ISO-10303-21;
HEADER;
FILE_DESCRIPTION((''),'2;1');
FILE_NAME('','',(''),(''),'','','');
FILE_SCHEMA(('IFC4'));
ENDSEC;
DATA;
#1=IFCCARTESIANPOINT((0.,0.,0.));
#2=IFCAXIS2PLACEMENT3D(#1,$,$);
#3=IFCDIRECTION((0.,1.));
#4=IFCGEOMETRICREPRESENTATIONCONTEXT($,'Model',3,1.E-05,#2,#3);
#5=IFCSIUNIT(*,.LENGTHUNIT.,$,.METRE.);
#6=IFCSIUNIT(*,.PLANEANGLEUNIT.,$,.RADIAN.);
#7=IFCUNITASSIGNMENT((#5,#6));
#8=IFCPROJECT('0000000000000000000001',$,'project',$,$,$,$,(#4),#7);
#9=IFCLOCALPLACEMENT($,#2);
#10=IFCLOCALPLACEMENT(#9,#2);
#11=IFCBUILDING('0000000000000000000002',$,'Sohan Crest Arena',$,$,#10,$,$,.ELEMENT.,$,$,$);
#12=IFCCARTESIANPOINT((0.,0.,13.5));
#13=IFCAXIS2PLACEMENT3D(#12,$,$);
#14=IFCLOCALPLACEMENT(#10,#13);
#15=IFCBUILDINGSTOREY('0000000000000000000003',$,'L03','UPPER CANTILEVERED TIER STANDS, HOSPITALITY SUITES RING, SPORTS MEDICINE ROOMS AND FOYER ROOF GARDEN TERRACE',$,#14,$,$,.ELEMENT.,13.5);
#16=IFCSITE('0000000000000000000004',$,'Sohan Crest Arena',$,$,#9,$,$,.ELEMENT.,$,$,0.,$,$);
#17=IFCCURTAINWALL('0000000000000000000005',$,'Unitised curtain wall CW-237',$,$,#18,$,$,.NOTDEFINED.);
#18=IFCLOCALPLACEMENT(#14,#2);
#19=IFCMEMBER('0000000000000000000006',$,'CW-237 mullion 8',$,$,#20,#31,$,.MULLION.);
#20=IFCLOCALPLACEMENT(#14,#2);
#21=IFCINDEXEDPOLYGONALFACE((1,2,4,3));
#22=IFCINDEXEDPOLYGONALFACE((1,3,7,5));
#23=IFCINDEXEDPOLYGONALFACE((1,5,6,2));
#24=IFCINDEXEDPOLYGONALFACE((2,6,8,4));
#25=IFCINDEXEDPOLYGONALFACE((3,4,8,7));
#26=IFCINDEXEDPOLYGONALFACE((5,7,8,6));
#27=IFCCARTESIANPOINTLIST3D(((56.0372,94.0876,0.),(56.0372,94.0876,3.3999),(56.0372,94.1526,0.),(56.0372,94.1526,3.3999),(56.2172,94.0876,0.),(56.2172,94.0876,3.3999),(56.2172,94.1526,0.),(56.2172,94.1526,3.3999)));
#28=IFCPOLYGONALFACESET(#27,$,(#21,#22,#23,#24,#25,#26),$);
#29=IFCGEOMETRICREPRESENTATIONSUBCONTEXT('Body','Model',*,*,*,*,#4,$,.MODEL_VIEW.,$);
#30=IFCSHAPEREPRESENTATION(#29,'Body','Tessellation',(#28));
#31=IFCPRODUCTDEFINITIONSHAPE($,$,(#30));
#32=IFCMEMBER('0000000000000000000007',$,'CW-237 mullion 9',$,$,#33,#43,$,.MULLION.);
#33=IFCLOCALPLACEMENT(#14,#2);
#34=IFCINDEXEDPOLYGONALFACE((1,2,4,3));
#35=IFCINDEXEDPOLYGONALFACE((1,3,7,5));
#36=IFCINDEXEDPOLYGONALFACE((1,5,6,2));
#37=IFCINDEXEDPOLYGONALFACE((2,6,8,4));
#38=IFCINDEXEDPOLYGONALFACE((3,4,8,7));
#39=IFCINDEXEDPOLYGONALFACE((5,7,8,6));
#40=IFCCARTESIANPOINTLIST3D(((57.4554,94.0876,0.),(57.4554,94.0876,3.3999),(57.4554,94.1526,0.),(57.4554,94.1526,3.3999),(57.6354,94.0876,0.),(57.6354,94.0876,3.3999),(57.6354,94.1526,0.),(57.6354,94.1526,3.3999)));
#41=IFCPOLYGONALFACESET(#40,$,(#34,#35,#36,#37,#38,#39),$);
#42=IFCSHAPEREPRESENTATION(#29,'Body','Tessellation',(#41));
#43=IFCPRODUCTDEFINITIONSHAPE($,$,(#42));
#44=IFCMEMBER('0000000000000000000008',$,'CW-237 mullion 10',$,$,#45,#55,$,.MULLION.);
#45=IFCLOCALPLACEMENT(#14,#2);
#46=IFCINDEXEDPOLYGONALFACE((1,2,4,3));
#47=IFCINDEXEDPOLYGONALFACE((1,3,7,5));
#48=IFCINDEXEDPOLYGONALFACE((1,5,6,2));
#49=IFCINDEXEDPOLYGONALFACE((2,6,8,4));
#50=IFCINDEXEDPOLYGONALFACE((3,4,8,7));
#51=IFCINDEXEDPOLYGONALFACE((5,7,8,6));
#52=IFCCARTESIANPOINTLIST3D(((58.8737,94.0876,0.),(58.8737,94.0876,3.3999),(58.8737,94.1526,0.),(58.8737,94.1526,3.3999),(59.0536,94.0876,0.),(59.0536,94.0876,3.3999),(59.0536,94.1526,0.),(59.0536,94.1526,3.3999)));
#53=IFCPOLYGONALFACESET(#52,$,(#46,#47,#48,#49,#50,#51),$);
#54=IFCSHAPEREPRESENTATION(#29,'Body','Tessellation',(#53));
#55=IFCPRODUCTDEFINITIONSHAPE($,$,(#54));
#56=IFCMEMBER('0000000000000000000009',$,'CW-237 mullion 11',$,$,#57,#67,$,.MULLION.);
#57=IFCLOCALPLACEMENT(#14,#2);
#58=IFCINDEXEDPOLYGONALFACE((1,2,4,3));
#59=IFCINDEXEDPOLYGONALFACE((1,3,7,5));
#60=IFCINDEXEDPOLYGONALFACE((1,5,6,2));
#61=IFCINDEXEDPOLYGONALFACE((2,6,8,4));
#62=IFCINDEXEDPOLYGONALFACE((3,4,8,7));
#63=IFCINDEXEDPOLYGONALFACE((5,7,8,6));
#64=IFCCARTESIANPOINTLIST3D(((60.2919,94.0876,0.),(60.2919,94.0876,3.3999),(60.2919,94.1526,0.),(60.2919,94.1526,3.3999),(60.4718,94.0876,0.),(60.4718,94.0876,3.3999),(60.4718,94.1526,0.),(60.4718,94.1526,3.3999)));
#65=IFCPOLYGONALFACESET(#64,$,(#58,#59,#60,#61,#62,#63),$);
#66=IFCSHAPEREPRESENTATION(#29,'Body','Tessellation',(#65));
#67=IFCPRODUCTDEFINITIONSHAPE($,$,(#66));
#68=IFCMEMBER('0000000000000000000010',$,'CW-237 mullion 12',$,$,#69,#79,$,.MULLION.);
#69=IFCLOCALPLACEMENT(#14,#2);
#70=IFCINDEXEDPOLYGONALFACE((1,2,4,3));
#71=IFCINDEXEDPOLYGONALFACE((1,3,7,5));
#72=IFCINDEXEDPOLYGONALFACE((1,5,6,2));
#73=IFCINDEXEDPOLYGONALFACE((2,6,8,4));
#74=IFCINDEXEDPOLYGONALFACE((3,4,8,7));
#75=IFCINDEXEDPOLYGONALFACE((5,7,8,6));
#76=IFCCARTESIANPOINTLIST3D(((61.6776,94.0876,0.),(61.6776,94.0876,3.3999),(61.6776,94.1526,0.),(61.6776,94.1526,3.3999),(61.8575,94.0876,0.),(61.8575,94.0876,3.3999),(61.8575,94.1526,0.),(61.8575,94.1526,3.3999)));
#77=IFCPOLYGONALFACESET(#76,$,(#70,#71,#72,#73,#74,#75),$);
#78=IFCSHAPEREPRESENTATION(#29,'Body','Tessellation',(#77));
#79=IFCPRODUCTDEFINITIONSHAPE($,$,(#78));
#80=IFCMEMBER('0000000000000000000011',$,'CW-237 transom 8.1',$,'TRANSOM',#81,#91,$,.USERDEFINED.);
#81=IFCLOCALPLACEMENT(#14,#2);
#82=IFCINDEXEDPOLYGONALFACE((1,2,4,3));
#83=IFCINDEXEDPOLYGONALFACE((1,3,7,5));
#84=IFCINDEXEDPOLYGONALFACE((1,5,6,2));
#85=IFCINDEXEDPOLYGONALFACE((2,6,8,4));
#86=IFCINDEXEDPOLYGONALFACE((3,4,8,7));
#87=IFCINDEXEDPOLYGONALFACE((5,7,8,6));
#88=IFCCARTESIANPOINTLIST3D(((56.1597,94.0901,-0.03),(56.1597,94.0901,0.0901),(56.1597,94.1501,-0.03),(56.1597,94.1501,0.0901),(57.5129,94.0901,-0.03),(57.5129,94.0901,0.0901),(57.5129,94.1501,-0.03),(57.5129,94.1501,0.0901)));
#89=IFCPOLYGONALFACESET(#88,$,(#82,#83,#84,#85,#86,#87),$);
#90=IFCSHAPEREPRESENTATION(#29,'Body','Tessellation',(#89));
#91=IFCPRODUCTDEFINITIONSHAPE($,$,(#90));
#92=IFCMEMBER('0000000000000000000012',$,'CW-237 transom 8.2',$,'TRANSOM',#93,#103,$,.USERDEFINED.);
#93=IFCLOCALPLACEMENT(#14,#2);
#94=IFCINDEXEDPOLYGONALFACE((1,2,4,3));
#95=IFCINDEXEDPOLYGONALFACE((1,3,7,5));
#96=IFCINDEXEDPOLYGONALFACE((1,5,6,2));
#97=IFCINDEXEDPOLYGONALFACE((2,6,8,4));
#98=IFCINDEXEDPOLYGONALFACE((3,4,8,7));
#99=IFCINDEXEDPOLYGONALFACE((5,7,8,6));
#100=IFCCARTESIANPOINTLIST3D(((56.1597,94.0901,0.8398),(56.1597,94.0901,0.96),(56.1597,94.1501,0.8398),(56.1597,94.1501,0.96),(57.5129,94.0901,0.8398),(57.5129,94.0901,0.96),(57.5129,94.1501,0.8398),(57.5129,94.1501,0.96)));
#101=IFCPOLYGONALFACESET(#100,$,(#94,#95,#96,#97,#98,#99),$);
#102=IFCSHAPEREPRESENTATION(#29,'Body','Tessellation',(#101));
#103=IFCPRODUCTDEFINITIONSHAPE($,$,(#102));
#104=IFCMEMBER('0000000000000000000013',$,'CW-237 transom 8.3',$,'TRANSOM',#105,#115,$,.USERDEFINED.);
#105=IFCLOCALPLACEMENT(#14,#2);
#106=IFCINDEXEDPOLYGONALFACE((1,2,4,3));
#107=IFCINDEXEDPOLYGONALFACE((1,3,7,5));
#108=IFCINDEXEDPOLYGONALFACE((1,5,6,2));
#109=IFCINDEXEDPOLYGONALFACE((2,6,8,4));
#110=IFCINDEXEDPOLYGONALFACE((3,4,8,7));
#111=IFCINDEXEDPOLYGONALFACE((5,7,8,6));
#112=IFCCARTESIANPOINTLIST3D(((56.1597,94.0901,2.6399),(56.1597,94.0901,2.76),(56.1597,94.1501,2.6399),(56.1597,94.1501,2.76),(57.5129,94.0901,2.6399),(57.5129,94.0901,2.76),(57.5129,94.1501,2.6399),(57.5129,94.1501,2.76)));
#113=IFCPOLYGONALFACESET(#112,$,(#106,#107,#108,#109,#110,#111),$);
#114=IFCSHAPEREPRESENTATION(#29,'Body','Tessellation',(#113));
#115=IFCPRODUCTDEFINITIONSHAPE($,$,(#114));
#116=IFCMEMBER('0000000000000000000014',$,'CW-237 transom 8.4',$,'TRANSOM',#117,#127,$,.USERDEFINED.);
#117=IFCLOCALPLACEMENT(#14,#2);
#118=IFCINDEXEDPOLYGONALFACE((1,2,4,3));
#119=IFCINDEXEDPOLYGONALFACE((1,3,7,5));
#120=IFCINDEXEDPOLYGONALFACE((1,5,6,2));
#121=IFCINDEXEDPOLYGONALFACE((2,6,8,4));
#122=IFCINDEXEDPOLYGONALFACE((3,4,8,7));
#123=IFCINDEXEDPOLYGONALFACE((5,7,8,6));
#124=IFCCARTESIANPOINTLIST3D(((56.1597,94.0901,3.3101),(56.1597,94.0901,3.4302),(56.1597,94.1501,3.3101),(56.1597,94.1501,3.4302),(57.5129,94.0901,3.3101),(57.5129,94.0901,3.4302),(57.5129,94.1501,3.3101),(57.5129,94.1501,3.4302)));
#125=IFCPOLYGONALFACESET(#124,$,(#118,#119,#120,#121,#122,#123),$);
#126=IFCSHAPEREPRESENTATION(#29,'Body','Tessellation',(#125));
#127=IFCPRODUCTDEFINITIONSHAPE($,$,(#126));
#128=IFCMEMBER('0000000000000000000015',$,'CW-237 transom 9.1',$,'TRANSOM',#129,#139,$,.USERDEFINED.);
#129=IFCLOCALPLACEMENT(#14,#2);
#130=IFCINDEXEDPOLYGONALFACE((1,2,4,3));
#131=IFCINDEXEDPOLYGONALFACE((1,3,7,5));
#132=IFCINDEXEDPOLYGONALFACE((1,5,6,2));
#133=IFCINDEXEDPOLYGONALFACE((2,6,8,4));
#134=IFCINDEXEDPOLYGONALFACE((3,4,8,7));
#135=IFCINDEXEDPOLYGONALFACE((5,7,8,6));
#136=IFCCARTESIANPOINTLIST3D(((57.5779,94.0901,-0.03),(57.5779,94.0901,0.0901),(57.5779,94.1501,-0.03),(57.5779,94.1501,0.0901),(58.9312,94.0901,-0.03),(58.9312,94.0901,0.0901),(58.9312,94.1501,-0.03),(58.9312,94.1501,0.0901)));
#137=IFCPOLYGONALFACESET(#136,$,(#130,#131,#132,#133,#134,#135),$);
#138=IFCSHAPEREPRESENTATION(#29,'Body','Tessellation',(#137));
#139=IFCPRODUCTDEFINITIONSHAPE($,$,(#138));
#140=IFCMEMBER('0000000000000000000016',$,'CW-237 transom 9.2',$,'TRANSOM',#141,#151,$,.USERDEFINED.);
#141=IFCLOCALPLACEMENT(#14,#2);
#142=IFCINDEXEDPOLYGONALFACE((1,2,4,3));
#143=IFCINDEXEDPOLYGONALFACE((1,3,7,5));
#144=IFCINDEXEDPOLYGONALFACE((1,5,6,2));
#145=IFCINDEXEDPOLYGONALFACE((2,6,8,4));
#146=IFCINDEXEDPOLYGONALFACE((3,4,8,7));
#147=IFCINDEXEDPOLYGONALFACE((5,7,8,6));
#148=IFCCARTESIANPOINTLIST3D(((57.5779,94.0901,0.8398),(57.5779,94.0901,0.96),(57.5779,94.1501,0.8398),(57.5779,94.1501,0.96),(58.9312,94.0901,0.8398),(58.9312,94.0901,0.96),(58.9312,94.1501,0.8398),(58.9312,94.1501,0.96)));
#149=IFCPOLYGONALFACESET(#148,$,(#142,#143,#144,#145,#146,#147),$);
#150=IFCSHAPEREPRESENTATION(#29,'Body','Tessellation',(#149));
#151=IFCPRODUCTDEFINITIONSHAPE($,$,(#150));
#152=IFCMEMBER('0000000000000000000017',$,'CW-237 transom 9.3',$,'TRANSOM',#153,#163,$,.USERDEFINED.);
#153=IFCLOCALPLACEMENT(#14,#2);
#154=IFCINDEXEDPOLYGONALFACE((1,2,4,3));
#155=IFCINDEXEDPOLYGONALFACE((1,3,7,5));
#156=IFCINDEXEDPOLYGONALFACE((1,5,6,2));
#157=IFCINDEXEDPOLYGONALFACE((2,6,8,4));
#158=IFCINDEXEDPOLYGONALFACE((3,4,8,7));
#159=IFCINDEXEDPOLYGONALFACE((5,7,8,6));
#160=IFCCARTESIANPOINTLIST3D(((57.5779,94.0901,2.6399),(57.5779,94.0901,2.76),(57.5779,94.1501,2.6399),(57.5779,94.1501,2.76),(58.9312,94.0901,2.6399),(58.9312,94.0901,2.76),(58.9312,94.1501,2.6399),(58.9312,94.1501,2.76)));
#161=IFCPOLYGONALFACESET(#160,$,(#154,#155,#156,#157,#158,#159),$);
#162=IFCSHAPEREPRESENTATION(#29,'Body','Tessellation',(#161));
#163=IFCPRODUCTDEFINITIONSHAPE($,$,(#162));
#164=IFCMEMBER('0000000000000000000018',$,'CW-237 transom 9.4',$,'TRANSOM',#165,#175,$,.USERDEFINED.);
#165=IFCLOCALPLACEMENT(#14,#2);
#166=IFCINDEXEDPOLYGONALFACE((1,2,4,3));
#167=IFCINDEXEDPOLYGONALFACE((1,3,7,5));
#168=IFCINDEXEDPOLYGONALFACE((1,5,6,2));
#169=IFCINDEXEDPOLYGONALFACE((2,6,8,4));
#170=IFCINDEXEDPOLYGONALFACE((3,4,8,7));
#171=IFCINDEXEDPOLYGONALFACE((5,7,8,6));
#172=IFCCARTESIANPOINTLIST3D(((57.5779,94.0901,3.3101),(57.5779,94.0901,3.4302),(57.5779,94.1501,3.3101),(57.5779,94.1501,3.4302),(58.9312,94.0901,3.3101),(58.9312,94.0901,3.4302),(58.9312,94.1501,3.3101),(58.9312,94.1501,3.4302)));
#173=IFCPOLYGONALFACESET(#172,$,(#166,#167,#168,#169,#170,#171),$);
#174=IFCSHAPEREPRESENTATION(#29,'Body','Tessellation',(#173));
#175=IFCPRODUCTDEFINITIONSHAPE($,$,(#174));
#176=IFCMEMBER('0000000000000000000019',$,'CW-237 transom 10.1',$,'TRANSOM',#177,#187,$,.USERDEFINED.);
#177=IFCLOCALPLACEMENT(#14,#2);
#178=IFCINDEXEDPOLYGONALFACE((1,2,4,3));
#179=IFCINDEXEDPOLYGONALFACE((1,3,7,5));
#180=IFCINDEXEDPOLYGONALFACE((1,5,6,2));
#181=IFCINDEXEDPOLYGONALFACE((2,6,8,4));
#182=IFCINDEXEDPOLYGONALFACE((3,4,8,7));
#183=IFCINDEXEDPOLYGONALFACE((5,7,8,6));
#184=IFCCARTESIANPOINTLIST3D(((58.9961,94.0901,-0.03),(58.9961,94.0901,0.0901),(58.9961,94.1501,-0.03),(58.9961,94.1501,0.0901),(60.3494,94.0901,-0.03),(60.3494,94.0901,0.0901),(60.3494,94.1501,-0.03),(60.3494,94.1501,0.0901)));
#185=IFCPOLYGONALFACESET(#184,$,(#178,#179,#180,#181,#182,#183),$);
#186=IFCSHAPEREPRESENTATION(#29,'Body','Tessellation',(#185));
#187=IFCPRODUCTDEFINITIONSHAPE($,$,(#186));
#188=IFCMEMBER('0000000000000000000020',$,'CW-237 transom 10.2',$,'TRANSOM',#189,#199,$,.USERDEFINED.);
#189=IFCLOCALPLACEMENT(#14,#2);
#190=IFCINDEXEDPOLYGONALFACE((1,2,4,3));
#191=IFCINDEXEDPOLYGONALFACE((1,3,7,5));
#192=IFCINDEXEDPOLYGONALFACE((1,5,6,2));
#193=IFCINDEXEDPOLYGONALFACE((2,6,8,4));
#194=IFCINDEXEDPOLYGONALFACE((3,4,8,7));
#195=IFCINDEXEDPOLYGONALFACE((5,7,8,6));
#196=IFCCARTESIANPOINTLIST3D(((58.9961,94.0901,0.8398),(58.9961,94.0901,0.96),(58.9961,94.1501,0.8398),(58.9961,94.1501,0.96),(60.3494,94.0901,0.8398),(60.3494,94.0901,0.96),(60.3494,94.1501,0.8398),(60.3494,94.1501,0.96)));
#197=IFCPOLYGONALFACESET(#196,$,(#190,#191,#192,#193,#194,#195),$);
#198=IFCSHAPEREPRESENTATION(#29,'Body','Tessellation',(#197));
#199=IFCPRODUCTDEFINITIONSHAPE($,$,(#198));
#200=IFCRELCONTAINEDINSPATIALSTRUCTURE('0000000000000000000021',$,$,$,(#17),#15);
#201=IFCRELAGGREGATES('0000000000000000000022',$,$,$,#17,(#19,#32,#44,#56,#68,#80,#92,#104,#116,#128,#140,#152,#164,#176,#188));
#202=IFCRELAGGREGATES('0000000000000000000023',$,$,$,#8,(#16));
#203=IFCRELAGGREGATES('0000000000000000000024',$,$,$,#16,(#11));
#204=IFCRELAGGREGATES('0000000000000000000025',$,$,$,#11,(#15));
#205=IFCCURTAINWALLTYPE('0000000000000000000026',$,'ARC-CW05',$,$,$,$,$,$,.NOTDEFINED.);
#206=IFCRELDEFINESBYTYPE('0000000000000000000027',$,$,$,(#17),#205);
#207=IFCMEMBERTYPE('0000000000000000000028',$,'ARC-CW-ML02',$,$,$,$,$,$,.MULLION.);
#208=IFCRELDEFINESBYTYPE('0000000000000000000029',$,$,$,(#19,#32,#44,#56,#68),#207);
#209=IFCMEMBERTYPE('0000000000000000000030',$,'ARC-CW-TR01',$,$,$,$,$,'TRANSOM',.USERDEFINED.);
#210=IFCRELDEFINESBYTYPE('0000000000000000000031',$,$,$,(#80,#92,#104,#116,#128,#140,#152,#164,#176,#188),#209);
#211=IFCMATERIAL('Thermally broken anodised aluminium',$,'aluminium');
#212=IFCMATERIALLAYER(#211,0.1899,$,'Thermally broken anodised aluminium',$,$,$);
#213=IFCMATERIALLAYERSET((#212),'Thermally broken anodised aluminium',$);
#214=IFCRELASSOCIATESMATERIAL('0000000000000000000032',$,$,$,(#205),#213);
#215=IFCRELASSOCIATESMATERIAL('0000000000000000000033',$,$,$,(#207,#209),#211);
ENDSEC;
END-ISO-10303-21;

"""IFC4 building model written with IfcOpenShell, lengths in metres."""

from ifc_helpers import new_model, si_unit, direction, frame, origin, origin_2d, place, context, subcontext, project, spatial, rectangle, extrude, material, layer, layer_set, material_profile, profile_set, type_object, element, aggregate, save


model = new_model("IFC4")

# Units and contexts
model_context = context("Model", 3, precision=1e-05, world=origin(), true_north=direction((0.0, 1.0)))
body_context = subcontext(model_context, "Body", "Model", "MODEL_VIEW")
ifc_project = project(units=[si_unit("LENGTHUNIT", "METRE"), si_unit("PLANEANGLEUNIT", "RADIAN")], contexts=[model_context])

# Site, building, storey
site_placement = place(None, origin())
site = spatial("IfcSite", under=ifc_project, at=site_placement, Name="Sohan Crest Arena", CompositionType="ELEMENT", RefElevation=0.0)
building_placement = place(site_placement, origin())
building = spatial("IfcBuilding", under=site, at=building_placement, Name="Sohan Crest Arena", CompositionType="ELEMENT")
storey_placement = place(building_placement, frame((0.0, 0.0, 13.5)))
storey = spatial("IfcBuildingStorey", under=building, at=storey_placement, Name="L03", Description="UPPER CANTILEVERED TIER STANDS, HOSPITALITY SUITES RING, SPORTS MEDICINE ROOMS AND FOYER ROOF GARDEN TERRACE", CompositionType="ELEMENT", Elevation=13.5)

# Curtain wall, members
ifc_material_1 = material(Name="Thermally broken anodised aluminium", Category="aluminium")
ifc_layer_1 = layer(ifc_material_1, 0.1899, Name="Thermally broken anodised aluminium")
ifc_layer_set_1 = layer_set([ifc_layer_1], Name="Thermally broken anodised aluminium")
curtain_wall_type = type_object("IfcCurtainWallType", Name="ARC-CW05", PredefinedType="NOTDEFINED", material=ifc_layer_set_1)
curtain_wall_placement = place(storey_placement, origin())
curtain_wall = element("IfcCurtainWall", 1, at=curtain_wall_placement, inside=storey, type_object=curtain_wall_type, Name="Unitised curtain wall CW-237", PredefinedType="NOTDEFINED")
ifc_material_profile_1 = material_profile(ifc_material_1, rectangle(XDim=0.0649, YDim=0.1799, at=origin_2d()), Name="ALU-MULL 65x180")
ifc_profile_set_1 = profile_set([ifc_material_profile_1], Name="Thermally broken anodised aluminium")
member_type_1 = type_object("IfcMemberType", Name="ARC-CW-ML02", PredefinedType="MULLION", material=ifc_profile_set_1)
member_1_placement = place(storey_placement, frame((56.1272, 94.1201, 0.0), z_axis=(0.0, 0.0, 1.0), x_axis=(0.0, 1.0, 0.0)))
member_1 = element("IfcMember", 2, at=member_1_placement, type_object=member_type_1, Name="CW-237 mullion 8", PredefinedType="MULLION", context=body_context, shape_type="SweptSolid", body=[
    extrude(rectangle(XDim=0.0649, YDim=0.1799, at=origin_2d()), origin(), (0.0, 0.0, 1.0), 3.3999),
])
member_2_placement = place(storey_placement, frame((57.5454, 94.1201, 0.0), z_axis=(0.0, 0.0, 1.0), x_axis=(0.0, 1.0, 0.0)))
member_2 = element("IfcMember", 3, at=member_2_placement, type_object=member_type_1, Name="CW-237 mullion 9", PredefinedType="MULLION", context=body_context, shape_type="SweptSolid", body=[
    extrude(rectangle(XDim=0.0649, YDim=0.1799, at=origin_2d()), origin(), (0.0, 0.0, 1.0), 3.3999),
])
member_3_placement = place(storey_placement, frame((58.9636, 94.1201, 0.0), z_axis=(0.0, 0.0, 1.0), x_axis=(0.0, 1.0, 0.0)))
member_3 = element("IfcMember", 4, at=member_3_placement, type_object=member_type_1, Name="CW-237 mullion 10", PredefinedType="MULLION", context=body_context, shape_type="SweptSolid", body=[
    extrude(rectangle(XDim=0.0649, YDim=0.1799, at=origin_2d()), origin(), (0.0, 0.0, 1.0), 3.3999),
])
member_4_placement = place(storey_placement, frame((60.3818, 94.1201, 0.0), z_axis=(0.0, 0.0, 1.0), x_axis=(0.0, 1.0, 0.0)))
member_4 = element("IfcMember", 5, at=member_4_placement, type_object=member_type_1, Name="CW-237 mullion 11", PredefinedType="MULLION", context=body_context, shape_type="SweptSolid", body=[
    extrude(rectangle(XDim=0.0649, YDim=0.1799, at=origin_2d()), origin(), (0.0, 0.0, 1.0), 3.3999),
])
member_5_placement = place(storey_placement, frame((61.7676, 94.1201, 0.0), z_axis=(0.0, 0.0, 1.0), x_axis=(0.0, 1.0, 0.0)))
member_5 = element("IfcMember", 6, at=member_5_placement, type_object=member_type_1, Name="CW-237 mullion 12", PredefinedType="MULLION", context=body_context, shape_type="SweptSolid", body=[
    extrude(rectangle(XDim=0.0649, YDim=0.1799, at=origin_2d()), origin(), (0.0, 0.0, 1.0), 3.3999),
])
ifc_material_profile_2 = material_profile(ifc_material_1, rectangle(XDim=0.0601, YDim=0.1201, at=origin_2d()), Name="ALU-TRAN 60x120")
ifc_profile_set_2 = profile_set([ifc_material_profile_2], Name="Thermally broken anodised aluminium")
member_type_2 = type_object("IfcMemberType", Name="ARC-CW-TR01", ElementType="TRANSOM", PredefinedType="USERDEFINED", material=ifc_profile_set_2)
member_6_placement = place(storey_placement, frame((56.1597, 94.1201, 0.03), z_axis=(1.0, 0.0, 0.0), x_axis=(0.0, 1.0, 0.0)))
member_6 = element("IfcMember", 7, at=member_6_placement, type_object=member_type_2, Name="CW-237 transom 8.1", ObjectType="TRANSOM", PredefinedType="USERDEFINED", context=body_context, shape_type="SweptSolid", body=[
    extrude(rectangle(XDim=0.0601, YDim=0.1201, at=origin_2d()), origin(), (0.0, 0.0, 1.0), 1.3533),
])
member_7_placement = place(storey_placement, frame((56.1597, 94.1201, 0.8999), z_axis=(1.0, 0.0, 0.0), x_axis=(0.0, 1.0, 0.0)))
member_7 = element("IfcMember", 8, at=member_7_placement, type_object=member_type_2, Name="CW-237 transom 8.2", ObjectType="TRANSOM", PredefinedType="USERDEFINED", context=body_context, shape_type="SweptSolid", body=[
    extrude(rectangle(XDim=0.0601, YDim=0.1201, at=origin_2d()), origin(), (0.0, 0.0, 1.0), 1.3533),
])
member_8_placement = place(storey_placement, frame((56.1597, 94.1201, 2.7), z_axis=(1.0, 0.0, 0.0), x_axis=(0.0, 1.0, 0.0)))
member_8 = element("IfcMember", 9, at=member_8_placement, type_object=member_type_2, Name="CW-237 transom 8.3", ObjectType="TRANSOM", PredefinedType="USERDEFINED", context=body_context, shape_type="SweptSolid", body=[
    extrude(rectangle(XDim=0.0601, YDim=0.1201, at=origin_2d()), origin(), (0.0, 0.0, 1.0), 1.3533),
])
member_9_placement = place(storey_placement, frame((56.1597, 94.1201, 3.3701), z_axis=(1.0, 0.0, 0.0), x_axis=(0.0, 1.0, 0.0)))
member_9 = element("IfcMember", 10, at=member_9_placement, type_object=member_type_2, Name="CW-237 transom 8.4", ObjectType="TRANSOM", PredefinedType="USERDEFINED", context=body_context, shape_type="SweptSolid", body=[
    extrude(rectangle(XDim=0.0601, YDim=0.1201, at=origin_2d()), origin(), (0.0, 0.0, 1.0), 1.3533),
])
member_10_placement = place(storey_placement, frame((57.5779, 94.1201, 0.03), z_axis=(1.0, 0.0, 0.0), x_axis=(0.0, 1.0, 0.0)))
member_10 = element("IfcMember", 11, at=member_10_placement, type_object=member_type_2, Name="CW-237 transom 9.1", ObjectType="TRANSOM", PredefinedType="USERDEFINED", context=body_context, shape_type="SweptSolid", body=[
    extrude(rectangle(XDim=0.0601, YDim=0.1201, at=origin_2d()), origin(), (0.0, 0.0, 1.0), 1.3533),
])
member_11_placement = place(storey_placement, frame((57.5779, 94.1201, 0.8999), z_axis=(1.0, 0.0, 0.0), x_axis=(0.0, 1.0, 0.0)))
member_11 = element("IfcMember", 12, at=member_11_placement, type_object=member_type_2, Name="CW-237 transom 9.2", ObjectType="TRANSOM", PredefinedType="USERDEFINED", context=body_context, shape_type="SweptSolid", body=[
    extrude(rectangle(XDim=0.0601, YDim=0.1201, at=origin_2d()), origin(), (0.0, 0.0, 1.0), 1.3533),
])
member_12_placement = place(storey_placement, frame((57.5779, 94.1201, 2.7), z_axis=(1.0, 0.0, 0.0), x_axis=(0.0, 1.0, 0.0)))
member_12 = element("IfcMember", 13, at=member_12_placement, type_object=member_type_2, Name="CW-237 transom 9.3", ObjectType="TRANSOM", PredefinedType="USERDEFINED", context=body_context, shape_type="SweptSolid", body=[
    extrude(rectangle(XDim=0.0601, YDim=0.1201, at=origin_2d()), origin(), (0.0, 0.0, 1.0), 1.3533),
])
member_13_placement = place(storey_placement, frame((57.5779, 94.1201, 3.3701), z_axis=(1.0, 0.0, 0.0), x_axis=(0.0, 1.0, 0.0)))
member_13 = element("IfcMember", 14, at=member_13_placement, type_object=member_type_2, Name="CW-237 transom 9.4", ObjectType="TRANSOM", PredefinedType="USERDEFINED", context=body_context, shape_type="SweptSolid", body=[
    extrude(rectangle(XDim=0.0601, YDim=0.1201, at=origin_2d()), origin(), (0.0, 0.0, 1.0), 1.3533),
])
member_14_placement = place(storey_placement, frame((58.9961, 94.1201, 0.03), z_axis=(1.0, 0.0, 0.0), x_axis=(0.0, 1.0, 0.0)))
member_14 = element("IfcMember", 15, at=member_14_placement, type_object=member_type_2, Name="CW-237 transom 10.1", ObjectType="TRANSOM", PredefinedType="USERDEFINED", context=body_context, shape_type="SweptSolid", body=[
    extrude(rectangle(XDim=0.0601, YDim=0.1201, at=origin_2d()), origin(), (0.0, 0.0, 1.0), 1.3533),
])
member_15_placement = place(storey_placement, frame((58.9961, 94.1201, 0.8999), z_axis=(1.0, 0.0, 0.0), x_axis=(0.0, 1.0, 0.0)))
member_15 = element("IfcMember", 16, at=member_15_placement, type_object=member_type_2, Name="CW-237 transom 10.2", ObjectType="TRANSOM", PredefinedType="USERDEFINED", context=body_context, shape_type="SweptSolid", body=[
    extrude(rectangle(XDim=0.0601, YDim=0.1201, at=origin_2d()), origin(), (0.0, 0.0, 1.0), 1.3533),
])
aggregate(curtain_wall, [member_1, member_2, member_3, member_4, member_5, member_6, member_7, member_8, member_9, member_10, member_11, member_12, member_13, member_14, member_15])

save(model, "model.ifc")
